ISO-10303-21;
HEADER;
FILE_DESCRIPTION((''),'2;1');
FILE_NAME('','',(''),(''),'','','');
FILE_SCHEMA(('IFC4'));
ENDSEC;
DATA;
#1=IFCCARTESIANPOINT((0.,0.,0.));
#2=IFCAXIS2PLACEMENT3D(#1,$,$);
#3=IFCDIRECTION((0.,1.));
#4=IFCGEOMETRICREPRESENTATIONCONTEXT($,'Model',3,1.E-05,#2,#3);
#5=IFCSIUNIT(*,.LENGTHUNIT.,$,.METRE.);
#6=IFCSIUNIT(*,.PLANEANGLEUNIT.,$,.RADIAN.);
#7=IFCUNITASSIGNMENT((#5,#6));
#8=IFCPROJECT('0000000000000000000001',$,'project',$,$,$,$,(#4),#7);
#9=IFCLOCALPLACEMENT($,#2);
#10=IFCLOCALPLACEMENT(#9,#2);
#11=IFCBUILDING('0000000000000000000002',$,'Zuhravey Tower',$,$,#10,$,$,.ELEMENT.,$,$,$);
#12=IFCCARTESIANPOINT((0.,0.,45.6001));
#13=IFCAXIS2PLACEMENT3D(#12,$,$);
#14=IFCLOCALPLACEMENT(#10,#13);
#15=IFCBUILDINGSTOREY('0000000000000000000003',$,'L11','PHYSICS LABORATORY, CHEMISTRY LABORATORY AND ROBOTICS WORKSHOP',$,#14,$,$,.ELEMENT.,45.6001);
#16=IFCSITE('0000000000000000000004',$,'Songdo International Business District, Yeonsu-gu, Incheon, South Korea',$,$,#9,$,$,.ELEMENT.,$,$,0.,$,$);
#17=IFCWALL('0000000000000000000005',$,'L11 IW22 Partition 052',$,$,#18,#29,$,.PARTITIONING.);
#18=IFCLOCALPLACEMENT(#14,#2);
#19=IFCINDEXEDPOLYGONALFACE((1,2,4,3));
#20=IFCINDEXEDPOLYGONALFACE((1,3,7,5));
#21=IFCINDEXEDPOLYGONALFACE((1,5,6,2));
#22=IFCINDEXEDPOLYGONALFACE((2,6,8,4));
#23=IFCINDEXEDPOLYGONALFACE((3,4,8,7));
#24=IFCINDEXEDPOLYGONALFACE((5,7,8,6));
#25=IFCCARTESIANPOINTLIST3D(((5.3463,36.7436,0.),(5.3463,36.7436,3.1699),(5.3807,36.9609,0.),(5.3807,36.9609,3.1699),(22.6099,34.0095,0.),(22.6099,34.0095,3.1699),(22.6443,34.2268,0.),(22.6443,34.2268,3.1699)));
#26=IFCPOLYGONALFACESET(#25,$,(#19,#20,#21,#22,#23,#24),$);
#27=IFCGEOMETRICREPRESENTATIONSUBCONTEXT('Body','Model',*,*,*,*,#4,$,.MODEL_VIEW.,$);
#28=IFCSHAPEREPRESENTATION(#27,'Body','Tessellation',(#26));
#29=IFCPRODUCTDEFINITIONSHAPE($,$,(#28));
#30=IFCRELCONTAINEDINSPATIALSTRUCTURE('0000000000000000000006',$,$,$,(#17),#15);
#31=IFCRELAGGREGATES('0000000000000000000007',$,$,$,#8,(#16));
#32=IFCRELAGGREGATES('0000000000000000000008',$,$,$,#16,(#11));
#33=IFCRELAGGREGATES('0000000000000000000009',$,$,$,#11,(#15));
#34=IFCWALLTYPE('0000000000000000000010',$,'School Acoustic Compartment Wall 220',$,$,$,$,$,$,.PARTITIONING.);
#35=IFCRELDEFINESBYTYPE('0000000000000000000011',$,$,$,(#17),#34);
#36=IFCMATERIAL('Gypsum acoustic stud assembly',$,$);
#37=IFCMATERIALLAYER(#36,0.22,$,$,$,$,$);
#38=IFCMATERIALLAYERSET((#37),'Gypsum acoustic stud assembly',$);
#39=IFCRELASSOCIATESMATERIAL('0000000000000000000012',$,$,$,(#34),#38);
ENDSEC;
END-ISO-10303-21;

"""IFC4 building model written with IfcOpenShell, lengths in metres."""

from ifc_helpers import new_model, si_unit, direction, frame, frame_2d, origin, place, context, subcontext, project, spatial, rectangle, extrude, material, layer, layer_set, type_object, element, save


model = new_model("IFC4")

# Units and contexts
model_context = context("Model", 3, precision=1e-05, world=origin(), true_north=direction((0.0, 1.0)))
body_context = subcontext(model_context, "Body", "Model", "MODEL_VIEW")
ifc_project = project(units=[si_unit("LENGTHUNIT", "METRE"), si_unit("PLANEANGLEUNIT", "RADIAN")], contexts=[model_context])

# Site, building, storey
site_placement = place(None, origin())
site = spatial("IfcSite", under=ifc_project, at=site_placement, Name="Songdo International Business District, Yeonsu-gu, Incheon, South Korea", CompositionType="ELEMENT", RefElevation=0.0)
building_placement = place(site_placement, origin())
building = spatial("IfcBuilding", under=site, at=building_placement, Name="Zuhravey Tower", CompositionType="ELEMENT")
storey_placement = place(building_placement, frame((0.0, 0.0, 45.6001)))
storey = spatial("IfcBuildingStorey", under=building, at=storey_placement, Name="L11", Description="PHYSICS LABORATORY, CHEMISTRY LABORATORY AND ROBOTICS WORKSHOP", CompositionType="ELEMENT", Elevation=45.6001)

# Wall
ifc_material_1 = material(Name="Gypsum acoustic stud assembly")
ifc_layer_1 = layer(ifc_material_1, 0.22)
ifc_layer_set_1 = layer_set([ifc_layer_1], Name="Gypsum acoustic stud assembly")
wall_type_1 = type_object("IfcWallType", Name="School Acoustic Compartment Wall 220", PredefinedType="PARTITIONING", material=ifc_layer_set_1)
wall_1_placement = place(storey_placement, frame((22.627, 34.1182, 0.0), z_axis=(0.0, 0.0, 1.0), x_axis=(-0.98769, 0.156425, 0.0)))
element("IfcWall", 1, at=wall_1_placement, inside=storey, type_object=wall_type_1, Name="L11 IW22 Partition 052", PredefinedType="PARTITIONING", context=body_context, shape_type="SweptSolid", body=[
    extrude(rectangle(XDim=17.4788, YDim=0.22, at=frame_2d((8.7393, 0.0))), origin(), (0.0, 0.0, 1.0), 3.1699),
])

save(model, "model.ifc")
